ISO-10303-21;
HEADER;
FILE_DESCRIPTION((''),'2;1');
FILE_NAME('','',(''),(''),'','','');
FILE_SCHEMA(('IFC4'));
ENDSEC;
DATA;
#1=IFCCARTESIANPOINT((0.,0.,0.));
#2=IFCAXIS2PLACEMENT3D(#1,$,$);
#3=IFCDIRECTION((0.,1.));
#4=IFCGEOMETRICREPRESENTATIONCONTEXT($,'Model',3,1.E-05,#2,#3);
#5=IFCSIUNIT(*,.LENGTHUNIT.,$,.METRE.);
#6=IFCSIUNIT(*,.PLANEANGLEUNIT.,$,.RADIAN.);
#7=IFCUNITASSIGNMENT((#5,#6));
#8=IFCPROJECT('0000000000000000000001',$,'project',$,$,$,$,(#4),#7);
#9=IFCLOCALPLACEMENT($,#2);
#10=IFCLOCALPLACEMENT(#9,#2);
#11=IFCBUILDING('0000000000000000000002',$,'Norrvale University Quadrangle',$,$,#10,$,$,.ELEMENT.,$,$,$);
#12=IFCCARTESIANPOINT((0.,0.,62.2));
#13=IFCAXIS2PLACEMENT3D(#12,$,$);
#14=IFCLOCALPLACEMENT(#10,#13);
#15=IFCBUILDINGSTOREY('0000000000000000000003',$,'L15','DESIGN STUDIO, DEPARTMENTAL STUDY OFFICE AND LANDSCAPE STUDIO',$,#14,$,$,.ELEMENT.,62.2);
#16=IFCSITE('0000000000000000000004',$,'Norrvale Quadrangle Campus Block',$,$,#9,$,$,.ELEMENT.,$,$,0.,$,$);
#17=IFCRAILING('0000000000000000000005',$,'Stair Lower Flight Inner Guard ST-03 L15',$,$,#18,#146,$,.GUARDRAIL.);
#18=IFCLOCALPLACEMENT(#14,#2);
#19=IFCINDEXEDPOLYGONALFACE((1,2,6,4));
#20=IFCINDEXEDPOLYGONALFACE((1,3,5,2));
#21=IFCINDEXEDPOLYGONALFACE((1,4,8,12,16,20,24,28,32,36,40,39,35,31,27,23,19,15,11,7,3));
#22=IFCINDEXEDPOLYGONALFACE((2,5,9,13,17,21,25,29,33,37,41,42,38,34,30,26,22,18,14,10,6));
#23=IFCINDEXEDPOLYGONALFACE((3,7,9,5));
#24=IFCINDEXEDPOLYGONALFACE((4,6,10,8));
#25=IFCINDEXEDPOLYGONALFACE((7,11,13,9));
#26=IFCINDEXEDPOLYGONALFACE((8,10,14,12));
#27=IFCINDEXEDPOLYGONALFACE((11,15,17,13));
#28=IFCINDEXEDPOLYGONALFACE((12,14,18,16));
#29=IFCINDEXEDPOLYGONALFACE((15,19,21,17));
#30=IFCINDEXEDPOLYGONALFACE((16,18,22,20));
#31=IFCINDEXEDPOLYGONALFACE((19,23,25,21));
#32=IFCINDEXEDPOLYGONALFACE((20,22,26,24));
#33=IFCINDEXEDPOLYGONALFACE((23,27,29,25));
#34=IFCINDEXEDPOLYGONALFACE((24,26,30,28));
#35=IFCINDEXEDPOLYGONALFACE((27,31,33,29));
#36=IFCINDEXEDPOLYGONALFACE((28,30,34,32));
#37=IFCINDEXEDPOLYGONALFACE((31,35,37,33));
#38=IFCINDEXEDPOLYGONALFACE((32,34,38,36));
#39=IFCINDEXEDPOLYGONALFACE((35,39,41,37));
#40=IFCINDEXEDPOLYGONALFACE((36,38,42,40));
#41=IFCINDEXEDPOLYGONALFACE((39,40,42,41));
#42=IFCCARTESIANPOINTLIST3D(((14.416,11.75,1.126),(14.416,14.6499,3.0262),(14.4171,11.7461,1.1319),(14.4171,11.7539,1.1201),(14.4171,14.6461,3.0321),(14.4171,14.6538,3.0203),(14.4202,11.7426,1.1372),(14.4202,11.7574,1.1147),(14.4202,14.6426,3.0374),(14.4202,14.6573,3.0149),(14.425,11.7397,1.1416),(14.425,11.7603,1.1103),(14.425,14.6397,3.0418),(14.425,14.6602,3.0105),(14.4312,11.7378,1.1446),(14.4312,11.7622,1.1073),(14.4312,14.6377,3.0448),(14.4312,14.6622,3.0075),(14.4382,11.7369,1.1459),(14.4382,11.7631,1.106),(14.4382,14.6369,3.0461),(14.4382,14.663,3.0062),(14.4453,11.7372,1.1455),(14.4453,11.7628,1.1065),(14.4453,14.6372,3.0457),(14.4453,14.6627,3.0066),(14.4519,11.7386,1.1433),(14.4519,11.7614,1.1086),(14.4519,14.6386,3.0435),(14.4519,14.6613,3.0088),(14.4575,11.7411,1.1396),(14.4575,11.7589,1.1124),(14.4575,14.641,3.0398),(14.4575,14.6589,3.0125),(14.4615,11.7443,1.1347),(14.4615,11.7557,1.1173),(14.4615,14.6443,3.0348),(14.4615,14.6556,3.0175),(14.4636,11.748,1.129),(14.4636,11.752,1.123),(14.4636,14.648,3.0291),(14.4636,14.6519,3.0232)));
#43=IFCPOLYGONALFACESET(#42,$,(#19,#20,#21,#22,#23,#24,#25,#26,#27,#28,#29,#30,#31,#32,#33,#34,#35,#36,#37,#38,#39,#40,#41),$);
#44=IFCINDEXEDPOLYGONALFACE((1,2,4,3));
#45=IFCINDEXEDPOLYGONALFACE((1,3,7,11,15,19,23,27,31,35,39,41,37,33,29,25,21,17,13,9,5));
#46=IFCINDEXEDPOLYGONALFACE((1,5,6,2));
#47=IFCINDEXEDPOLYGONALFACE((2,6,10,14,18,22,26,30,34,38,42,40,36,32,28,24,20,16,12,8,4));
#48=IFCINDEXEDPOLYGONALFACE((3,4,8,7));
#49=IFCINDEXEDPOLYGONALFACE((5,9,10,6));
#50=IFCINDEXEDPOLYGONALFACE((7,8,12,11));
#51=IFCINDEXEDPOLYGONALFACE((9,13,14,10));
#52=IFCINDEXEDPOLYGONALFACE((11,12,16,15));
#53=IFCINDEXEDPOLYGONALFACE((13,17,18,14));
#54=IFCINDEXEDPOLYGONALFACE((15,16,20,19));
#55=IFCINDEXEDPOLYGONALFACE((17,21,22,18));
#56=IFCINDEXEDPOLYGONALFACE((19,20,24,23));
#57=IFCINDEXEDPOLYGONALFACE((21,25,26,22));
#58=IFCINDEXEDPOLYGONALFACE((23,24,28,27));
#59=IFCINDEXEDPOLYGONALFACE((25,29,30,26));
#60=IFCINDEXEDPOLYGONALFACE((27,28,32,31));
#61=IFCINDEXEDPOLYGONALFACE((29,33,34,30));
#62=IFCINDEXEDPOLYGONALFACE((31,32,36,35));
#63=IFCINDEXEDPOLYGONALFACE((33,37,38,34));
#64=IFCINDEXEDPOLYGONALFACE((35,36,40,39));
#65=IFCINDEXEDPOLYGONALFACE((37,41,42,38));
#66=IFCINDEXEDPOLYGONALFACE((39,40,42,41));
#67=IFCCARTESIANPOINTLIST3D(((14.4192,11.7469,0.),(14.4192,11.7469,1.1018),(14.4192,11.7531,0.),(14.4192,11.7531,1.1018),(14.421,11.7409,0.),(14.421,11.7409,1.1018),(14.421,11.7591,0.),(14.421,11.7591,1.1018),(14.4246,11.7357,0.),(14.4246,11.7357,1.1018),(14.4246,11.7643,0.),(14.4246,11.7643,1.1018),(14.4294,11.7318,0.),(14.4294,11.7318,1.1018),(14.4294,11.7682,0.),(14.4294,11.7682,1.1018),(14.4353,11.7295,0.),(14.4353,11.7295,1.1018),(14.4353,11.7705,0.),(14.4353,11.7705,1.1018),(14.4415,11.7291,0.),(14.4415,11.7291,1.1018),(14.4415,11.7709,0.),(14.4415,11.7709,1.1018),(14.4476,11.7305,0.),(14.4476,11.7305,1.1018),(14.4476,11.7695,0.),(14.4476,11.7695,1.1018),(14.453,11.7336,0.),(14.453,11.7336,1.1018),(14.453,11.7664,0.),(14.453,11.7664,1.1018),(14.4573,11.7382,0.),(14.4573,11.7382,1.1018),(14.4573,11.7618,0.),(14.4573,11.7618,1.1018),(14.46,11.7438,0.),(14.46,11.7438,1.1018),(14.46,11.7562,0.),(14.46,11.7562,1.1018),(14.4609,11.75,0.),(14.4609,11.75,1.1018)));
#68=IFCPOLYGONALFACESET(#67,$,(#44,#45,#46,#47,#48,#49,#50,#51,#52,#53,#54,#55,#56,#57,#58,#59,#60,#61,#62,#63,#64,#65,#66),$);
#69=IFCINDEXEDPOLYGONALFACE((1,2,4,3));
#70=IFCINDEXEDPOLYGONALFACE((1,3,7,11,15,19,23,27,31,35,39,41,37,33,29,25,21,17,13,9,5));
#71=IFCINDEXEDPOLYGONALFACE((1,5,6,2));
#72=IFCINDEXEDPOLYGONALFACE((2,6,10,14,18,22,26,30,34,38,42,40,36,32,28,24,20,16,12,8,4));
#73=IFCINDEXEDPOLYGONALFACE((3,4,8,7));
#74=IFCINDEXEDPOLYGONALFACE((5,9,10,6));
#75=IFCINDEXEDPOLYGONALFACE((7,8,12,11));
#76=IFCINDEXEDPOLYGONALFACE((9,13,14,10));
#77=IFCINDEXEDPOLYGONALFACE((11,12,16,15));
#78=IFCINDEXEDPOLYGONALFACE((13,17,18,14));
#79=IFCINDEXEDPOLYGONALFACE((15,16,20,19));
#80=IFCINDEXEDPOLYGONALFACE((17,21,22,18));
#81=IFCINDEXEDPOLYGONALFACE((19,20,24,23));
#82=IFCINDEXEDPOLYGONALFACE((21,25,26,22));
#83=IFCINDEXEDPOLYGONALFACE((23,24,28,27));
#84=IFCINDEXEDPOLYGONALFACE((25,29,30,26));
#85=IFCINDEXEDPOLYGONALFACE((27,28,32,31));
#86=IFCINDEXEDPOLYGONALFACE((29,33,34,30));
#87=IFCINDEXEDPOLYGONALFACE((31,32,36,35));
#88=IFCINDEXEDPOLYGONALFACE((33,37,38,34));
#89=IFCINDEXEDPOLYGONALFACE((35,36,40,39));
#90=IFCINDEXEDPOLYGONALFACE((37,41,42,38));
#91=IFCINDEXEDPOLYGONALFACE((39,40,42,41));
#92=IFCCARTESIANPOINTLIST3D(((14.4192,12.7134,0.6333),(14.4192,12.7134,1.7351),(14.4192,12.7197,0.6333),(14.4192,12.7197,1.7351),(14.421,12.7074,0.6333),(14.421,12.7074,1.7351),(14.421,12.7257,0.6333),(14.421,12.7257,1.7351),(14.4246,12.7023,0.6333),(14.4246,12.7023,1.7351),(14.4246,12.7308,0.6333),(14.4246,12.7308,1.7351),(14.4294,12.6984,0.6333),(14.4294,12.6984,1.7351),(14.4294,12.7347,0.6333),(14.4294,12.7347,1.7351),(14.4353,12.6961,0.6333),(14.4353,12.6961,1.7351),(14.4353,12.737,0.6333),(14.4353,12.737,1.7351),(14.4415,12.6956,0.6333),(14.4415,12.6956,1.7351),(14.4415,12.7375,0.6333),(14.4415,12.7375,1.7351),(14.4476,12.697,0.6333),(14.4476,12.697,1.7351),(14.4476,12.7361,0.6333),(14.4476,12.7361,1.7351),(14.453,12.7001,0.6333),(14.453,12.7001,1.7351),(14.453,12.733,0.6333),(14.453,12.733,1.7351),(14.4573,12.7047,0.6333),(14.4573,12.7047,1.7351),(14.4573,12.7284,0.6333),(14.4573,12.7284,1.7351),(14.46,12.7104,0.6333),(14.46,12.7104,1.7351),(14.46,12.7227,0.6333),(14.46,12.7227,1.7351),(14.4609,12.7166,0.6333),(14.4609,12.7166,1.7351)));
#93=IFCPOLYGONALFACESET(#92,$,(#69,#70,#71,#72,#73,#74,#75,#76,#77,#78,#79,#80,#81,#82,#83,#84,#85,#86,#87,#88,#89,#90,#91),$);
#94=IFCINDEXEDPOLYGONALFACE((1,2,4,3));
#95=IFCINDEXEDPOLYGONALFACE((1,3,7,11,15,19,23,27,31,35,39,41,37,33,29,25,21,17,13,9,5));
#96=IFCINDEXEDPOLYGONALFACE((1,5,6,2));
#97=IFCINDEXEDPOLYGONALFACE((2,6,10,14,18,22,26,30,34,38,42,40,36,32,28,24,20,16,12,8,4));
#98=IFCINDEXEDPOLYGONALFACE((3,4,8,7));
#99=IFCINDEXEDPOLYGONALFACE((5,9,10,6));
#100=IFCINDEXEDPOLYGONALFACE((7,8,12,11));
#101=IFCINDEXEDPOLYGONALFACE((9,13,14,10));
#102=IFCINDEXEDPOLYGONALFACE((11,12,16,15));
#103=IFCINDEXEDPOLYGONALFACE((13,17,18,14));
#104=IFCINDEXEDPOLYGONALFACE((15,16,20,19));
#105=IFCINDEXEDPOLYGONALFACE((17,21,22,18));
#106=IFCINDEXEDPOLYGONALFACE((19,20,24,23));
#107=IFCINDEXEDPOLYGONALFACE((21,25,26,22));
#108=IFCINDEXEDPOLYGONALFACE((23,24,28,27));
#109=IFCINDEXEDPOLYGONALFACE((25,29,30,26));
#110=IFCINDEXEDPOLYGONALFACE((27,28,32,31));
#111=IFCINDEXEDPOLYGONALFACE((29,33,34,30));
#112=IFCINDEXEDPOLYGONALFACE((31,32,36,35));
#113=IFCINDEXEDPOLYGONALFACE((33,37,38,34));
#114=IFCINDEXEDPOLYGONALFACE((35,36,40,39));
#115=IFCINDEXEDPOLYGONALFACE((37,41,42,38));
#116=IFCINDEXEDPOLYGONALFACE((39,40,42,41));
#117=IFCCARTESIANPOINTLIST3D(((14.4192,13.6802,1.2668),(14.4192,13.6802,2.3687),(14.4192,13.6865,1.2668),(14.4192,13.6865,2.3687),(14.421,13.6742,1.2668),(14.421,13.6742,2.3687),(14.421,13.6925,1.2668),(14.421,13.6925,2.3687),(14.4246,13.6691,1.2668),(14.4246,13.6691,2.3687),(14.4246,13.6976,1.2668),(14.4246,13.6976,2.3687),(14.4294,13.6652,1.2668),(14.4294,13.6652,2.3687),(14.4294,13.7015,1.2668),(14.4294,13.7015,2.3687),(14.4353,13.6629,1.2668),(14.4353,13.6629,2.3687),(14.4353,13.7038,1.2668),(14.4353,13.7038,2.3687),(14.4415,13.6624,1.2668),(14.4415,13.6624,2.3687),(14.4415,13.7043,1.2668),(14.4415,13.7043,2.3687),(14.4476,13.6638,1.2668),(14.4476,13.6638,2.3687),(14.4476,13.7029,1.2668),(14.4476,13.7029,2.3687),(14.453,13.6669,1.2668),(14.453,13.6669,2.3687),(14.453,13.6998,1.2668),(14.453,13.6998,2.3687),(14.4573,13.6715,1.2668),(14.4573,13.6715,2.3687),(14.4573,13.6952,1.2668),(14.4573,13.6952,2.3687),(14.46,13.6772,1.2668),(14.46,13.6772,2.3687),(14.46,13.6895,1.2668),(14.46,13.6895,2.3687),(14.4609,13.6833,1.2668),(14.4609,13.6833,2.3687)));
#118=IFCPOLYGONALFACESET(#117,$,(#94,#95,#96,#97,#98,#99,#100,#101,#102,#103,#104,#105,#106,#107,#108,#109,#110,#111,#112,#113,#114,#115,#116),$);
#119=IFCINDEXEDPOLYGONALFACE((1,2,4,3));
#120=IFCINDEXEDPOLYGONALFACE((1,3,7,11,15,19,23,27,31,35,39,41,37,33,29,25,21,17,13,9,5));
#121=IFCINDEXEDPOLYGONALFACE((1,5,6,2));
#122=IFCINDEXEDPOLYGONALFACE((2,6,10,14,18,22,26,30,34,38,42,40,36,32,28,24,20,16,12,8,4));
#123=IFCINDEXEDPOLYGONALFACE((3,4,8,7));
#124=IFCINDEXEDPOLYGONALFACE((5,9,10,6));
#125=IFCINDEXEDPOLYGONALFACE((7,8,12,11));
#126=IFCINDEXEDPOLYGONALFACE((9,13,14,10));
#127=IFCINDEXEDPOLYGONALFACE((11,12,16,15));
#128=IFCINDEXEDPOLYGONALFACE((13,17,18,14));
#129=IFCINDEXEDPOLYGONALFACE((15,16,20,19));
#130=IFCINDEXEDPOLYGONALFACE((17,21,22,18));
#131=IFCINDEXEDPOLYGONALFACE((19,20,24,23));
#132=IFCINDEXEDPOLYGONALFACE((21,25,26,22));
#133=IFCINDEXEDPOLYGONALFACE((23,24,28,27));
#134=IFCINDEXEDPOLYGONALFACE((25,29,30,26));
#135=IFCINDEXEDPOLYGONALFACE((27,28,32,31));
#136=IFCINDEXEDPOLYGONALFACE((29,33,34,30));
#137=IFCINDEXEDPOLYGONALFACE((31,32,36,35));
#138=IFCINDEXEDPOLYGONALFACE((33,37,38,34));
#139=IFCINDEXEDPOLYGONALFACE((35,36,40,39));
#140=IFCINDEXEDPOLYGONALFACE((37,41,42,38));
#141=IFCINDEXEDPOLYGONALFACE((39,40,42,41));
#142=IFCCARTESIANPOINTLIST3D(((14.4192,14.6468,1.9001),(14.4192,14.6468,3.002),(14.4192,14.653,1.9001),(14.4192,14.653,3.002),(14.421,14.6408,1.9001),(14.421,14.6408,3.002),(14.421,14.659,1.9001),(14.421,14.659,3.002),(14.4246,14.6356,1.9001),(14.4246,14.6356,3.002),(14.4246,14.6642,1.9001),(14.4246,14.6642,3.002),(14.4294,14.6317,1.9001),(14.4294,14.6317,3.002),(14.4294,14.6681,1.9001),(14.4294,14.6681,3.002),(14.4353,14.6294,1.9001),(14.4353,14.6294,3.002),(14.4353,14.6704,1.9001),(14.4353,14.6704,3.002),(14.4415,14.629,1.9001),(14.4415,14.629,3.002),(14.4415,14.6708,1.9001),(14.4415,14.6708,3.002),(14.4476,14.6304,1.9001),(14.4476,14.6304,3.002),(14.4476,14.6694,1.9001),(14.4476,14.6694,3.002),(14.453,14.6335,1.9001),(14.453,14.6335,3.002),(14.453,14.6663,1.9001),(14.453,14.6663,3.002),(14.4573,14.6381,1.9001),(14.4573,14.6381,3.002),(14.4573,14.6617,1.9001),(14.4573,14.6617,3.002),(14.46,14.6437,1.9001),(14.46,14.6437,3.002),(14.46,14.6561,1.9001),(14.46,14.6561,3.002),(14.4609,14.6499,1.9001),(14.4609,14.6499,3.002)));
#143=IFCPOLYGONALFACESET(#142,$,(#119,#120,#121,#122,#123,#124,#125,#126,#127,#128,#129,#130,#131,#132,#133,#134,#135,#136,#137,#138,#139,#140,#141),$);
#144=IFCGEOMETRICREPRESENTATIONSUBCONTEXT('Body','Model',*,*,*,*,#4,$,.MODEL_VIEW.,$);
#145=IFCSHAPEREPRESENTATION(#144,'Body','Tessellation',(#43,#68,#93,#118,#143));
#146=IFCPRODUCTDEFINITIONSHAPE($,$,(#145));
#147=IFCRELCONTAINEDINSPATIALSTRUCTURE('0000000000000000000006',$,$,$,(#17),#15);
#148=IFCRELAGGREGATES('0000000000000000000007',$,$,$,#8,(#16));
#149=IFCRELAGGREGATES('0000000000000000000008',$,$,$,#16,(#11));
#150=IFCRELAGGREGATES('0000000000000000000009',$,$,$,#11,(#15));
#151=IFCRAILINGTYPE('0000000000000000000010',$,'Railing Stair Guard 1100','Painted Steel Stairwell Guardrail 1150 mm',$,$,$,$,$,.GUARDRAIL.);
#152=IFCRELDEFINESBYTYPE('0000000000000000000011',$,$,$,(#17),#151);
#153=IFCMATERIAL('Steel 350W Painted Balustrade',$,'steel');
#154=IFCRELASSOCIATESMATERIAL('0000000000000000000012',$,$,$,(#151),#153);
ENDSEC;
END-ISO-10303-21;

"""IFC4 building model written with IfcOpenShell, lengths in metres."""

from ifc_helpers import new_model, si_unit, direction, frame, origin, origin_2d, place, context, subcontext, project, spatial, circle, extrude, material, type_object, element, save


model = new_model("IFC4")

# Units and contexts
model_context = context("Model", 3, precision=1e-05, world=origin(), true_north=direction((0.0, 1.0)))
body_context = subcontext(model_context, "Body", "Model", "MODEL_VIEW")
ifc_project = project(units=[si_unit("LENGTHUNIT", "METRE"), si_unit("PLANEANGLEUNIT", "RADIAN")], contexts=[model_context])

# Site, building, storey
site_placement = place(None, origin())
site = spatial("IfcSite", under=ifc_project, at=site_placement, Name="Norrvale Quadrangle Campus Block", CompositionType="ELEMENT", RefElevation=0.0)
building_placement = place(site_placement, origin())
building = spatial("IfcBuilding", under=site, at=building_placement, Name="Norrvale University Quadrangle", CompositionType="ELEMENT")
storey_placement = place(building_placement, frame((0.0, 0.0, 62.2)))
storey = spatial("IfcBuildingStorey", under=building, at=storey_placement, Name="L15", Description="DESIGN STUDIO, DEPARTMENTAL STUDY OFFICE AND LANDSCAPE STUDIO", CompositionType="ELEMENT", Elevation=62.2)

# Railing
ifc_material_1 = material(Name="Steel 350W Painted Balustrade", Category="steel")
railing_type_1 = type_object("IfcRailingType", Name="Railing Stair Guard 1100", Description="Painted Steel Stairwell Guardrail 1150 mm", PredefinedType="GUARDRAIL", material=ifc_material_1)
railing_1_placement = place(storey_placement, frame((14.4399, 11.75, 0.0)))
element("IfcRailing", 1, at=railing_1_placement, inside=storey, type_object=railing_type_1, Name="Stair Lower Flight Inner Guard ST-03 L15", PredefinedType="GUARDRAIL", context=body_context, shape_type="SweptSolid", body=[
    extrude(circle(Radius=0.0239, at=origin_2d()), frame((0.0, 0.0, 1.126), z_axis=(0.0, 0.836433, 0.548069), x_axis=(-1.0, 0.0, 0.0)), (0.0, 0.0, 1.0), 3.467),
    extrude(circle(Radius=0.021, at=origin_2d()), origin(), (0.0, 0.0, 1.0), 1.1018),
    extrude(circle(Radius=0.021, at=origin_2d()), frame((0.0, 0.9666, 0.6333)), (0.0, 0.0, 1.0), 1.1018),
    extrude(circle(Radius=0.021, at=origin_2d()), frame((0.0, 1.9333, 1.2668)), (0.0, 0.0, 1.0), 1.1018),
    extrude(circle(Radius=0.021, at=origin_2d()), frame((0.0, 2.8999, 1.9001)), (0.0, 0.0, 1.0), 1.1018),
])

save(model, "model.ifc")
